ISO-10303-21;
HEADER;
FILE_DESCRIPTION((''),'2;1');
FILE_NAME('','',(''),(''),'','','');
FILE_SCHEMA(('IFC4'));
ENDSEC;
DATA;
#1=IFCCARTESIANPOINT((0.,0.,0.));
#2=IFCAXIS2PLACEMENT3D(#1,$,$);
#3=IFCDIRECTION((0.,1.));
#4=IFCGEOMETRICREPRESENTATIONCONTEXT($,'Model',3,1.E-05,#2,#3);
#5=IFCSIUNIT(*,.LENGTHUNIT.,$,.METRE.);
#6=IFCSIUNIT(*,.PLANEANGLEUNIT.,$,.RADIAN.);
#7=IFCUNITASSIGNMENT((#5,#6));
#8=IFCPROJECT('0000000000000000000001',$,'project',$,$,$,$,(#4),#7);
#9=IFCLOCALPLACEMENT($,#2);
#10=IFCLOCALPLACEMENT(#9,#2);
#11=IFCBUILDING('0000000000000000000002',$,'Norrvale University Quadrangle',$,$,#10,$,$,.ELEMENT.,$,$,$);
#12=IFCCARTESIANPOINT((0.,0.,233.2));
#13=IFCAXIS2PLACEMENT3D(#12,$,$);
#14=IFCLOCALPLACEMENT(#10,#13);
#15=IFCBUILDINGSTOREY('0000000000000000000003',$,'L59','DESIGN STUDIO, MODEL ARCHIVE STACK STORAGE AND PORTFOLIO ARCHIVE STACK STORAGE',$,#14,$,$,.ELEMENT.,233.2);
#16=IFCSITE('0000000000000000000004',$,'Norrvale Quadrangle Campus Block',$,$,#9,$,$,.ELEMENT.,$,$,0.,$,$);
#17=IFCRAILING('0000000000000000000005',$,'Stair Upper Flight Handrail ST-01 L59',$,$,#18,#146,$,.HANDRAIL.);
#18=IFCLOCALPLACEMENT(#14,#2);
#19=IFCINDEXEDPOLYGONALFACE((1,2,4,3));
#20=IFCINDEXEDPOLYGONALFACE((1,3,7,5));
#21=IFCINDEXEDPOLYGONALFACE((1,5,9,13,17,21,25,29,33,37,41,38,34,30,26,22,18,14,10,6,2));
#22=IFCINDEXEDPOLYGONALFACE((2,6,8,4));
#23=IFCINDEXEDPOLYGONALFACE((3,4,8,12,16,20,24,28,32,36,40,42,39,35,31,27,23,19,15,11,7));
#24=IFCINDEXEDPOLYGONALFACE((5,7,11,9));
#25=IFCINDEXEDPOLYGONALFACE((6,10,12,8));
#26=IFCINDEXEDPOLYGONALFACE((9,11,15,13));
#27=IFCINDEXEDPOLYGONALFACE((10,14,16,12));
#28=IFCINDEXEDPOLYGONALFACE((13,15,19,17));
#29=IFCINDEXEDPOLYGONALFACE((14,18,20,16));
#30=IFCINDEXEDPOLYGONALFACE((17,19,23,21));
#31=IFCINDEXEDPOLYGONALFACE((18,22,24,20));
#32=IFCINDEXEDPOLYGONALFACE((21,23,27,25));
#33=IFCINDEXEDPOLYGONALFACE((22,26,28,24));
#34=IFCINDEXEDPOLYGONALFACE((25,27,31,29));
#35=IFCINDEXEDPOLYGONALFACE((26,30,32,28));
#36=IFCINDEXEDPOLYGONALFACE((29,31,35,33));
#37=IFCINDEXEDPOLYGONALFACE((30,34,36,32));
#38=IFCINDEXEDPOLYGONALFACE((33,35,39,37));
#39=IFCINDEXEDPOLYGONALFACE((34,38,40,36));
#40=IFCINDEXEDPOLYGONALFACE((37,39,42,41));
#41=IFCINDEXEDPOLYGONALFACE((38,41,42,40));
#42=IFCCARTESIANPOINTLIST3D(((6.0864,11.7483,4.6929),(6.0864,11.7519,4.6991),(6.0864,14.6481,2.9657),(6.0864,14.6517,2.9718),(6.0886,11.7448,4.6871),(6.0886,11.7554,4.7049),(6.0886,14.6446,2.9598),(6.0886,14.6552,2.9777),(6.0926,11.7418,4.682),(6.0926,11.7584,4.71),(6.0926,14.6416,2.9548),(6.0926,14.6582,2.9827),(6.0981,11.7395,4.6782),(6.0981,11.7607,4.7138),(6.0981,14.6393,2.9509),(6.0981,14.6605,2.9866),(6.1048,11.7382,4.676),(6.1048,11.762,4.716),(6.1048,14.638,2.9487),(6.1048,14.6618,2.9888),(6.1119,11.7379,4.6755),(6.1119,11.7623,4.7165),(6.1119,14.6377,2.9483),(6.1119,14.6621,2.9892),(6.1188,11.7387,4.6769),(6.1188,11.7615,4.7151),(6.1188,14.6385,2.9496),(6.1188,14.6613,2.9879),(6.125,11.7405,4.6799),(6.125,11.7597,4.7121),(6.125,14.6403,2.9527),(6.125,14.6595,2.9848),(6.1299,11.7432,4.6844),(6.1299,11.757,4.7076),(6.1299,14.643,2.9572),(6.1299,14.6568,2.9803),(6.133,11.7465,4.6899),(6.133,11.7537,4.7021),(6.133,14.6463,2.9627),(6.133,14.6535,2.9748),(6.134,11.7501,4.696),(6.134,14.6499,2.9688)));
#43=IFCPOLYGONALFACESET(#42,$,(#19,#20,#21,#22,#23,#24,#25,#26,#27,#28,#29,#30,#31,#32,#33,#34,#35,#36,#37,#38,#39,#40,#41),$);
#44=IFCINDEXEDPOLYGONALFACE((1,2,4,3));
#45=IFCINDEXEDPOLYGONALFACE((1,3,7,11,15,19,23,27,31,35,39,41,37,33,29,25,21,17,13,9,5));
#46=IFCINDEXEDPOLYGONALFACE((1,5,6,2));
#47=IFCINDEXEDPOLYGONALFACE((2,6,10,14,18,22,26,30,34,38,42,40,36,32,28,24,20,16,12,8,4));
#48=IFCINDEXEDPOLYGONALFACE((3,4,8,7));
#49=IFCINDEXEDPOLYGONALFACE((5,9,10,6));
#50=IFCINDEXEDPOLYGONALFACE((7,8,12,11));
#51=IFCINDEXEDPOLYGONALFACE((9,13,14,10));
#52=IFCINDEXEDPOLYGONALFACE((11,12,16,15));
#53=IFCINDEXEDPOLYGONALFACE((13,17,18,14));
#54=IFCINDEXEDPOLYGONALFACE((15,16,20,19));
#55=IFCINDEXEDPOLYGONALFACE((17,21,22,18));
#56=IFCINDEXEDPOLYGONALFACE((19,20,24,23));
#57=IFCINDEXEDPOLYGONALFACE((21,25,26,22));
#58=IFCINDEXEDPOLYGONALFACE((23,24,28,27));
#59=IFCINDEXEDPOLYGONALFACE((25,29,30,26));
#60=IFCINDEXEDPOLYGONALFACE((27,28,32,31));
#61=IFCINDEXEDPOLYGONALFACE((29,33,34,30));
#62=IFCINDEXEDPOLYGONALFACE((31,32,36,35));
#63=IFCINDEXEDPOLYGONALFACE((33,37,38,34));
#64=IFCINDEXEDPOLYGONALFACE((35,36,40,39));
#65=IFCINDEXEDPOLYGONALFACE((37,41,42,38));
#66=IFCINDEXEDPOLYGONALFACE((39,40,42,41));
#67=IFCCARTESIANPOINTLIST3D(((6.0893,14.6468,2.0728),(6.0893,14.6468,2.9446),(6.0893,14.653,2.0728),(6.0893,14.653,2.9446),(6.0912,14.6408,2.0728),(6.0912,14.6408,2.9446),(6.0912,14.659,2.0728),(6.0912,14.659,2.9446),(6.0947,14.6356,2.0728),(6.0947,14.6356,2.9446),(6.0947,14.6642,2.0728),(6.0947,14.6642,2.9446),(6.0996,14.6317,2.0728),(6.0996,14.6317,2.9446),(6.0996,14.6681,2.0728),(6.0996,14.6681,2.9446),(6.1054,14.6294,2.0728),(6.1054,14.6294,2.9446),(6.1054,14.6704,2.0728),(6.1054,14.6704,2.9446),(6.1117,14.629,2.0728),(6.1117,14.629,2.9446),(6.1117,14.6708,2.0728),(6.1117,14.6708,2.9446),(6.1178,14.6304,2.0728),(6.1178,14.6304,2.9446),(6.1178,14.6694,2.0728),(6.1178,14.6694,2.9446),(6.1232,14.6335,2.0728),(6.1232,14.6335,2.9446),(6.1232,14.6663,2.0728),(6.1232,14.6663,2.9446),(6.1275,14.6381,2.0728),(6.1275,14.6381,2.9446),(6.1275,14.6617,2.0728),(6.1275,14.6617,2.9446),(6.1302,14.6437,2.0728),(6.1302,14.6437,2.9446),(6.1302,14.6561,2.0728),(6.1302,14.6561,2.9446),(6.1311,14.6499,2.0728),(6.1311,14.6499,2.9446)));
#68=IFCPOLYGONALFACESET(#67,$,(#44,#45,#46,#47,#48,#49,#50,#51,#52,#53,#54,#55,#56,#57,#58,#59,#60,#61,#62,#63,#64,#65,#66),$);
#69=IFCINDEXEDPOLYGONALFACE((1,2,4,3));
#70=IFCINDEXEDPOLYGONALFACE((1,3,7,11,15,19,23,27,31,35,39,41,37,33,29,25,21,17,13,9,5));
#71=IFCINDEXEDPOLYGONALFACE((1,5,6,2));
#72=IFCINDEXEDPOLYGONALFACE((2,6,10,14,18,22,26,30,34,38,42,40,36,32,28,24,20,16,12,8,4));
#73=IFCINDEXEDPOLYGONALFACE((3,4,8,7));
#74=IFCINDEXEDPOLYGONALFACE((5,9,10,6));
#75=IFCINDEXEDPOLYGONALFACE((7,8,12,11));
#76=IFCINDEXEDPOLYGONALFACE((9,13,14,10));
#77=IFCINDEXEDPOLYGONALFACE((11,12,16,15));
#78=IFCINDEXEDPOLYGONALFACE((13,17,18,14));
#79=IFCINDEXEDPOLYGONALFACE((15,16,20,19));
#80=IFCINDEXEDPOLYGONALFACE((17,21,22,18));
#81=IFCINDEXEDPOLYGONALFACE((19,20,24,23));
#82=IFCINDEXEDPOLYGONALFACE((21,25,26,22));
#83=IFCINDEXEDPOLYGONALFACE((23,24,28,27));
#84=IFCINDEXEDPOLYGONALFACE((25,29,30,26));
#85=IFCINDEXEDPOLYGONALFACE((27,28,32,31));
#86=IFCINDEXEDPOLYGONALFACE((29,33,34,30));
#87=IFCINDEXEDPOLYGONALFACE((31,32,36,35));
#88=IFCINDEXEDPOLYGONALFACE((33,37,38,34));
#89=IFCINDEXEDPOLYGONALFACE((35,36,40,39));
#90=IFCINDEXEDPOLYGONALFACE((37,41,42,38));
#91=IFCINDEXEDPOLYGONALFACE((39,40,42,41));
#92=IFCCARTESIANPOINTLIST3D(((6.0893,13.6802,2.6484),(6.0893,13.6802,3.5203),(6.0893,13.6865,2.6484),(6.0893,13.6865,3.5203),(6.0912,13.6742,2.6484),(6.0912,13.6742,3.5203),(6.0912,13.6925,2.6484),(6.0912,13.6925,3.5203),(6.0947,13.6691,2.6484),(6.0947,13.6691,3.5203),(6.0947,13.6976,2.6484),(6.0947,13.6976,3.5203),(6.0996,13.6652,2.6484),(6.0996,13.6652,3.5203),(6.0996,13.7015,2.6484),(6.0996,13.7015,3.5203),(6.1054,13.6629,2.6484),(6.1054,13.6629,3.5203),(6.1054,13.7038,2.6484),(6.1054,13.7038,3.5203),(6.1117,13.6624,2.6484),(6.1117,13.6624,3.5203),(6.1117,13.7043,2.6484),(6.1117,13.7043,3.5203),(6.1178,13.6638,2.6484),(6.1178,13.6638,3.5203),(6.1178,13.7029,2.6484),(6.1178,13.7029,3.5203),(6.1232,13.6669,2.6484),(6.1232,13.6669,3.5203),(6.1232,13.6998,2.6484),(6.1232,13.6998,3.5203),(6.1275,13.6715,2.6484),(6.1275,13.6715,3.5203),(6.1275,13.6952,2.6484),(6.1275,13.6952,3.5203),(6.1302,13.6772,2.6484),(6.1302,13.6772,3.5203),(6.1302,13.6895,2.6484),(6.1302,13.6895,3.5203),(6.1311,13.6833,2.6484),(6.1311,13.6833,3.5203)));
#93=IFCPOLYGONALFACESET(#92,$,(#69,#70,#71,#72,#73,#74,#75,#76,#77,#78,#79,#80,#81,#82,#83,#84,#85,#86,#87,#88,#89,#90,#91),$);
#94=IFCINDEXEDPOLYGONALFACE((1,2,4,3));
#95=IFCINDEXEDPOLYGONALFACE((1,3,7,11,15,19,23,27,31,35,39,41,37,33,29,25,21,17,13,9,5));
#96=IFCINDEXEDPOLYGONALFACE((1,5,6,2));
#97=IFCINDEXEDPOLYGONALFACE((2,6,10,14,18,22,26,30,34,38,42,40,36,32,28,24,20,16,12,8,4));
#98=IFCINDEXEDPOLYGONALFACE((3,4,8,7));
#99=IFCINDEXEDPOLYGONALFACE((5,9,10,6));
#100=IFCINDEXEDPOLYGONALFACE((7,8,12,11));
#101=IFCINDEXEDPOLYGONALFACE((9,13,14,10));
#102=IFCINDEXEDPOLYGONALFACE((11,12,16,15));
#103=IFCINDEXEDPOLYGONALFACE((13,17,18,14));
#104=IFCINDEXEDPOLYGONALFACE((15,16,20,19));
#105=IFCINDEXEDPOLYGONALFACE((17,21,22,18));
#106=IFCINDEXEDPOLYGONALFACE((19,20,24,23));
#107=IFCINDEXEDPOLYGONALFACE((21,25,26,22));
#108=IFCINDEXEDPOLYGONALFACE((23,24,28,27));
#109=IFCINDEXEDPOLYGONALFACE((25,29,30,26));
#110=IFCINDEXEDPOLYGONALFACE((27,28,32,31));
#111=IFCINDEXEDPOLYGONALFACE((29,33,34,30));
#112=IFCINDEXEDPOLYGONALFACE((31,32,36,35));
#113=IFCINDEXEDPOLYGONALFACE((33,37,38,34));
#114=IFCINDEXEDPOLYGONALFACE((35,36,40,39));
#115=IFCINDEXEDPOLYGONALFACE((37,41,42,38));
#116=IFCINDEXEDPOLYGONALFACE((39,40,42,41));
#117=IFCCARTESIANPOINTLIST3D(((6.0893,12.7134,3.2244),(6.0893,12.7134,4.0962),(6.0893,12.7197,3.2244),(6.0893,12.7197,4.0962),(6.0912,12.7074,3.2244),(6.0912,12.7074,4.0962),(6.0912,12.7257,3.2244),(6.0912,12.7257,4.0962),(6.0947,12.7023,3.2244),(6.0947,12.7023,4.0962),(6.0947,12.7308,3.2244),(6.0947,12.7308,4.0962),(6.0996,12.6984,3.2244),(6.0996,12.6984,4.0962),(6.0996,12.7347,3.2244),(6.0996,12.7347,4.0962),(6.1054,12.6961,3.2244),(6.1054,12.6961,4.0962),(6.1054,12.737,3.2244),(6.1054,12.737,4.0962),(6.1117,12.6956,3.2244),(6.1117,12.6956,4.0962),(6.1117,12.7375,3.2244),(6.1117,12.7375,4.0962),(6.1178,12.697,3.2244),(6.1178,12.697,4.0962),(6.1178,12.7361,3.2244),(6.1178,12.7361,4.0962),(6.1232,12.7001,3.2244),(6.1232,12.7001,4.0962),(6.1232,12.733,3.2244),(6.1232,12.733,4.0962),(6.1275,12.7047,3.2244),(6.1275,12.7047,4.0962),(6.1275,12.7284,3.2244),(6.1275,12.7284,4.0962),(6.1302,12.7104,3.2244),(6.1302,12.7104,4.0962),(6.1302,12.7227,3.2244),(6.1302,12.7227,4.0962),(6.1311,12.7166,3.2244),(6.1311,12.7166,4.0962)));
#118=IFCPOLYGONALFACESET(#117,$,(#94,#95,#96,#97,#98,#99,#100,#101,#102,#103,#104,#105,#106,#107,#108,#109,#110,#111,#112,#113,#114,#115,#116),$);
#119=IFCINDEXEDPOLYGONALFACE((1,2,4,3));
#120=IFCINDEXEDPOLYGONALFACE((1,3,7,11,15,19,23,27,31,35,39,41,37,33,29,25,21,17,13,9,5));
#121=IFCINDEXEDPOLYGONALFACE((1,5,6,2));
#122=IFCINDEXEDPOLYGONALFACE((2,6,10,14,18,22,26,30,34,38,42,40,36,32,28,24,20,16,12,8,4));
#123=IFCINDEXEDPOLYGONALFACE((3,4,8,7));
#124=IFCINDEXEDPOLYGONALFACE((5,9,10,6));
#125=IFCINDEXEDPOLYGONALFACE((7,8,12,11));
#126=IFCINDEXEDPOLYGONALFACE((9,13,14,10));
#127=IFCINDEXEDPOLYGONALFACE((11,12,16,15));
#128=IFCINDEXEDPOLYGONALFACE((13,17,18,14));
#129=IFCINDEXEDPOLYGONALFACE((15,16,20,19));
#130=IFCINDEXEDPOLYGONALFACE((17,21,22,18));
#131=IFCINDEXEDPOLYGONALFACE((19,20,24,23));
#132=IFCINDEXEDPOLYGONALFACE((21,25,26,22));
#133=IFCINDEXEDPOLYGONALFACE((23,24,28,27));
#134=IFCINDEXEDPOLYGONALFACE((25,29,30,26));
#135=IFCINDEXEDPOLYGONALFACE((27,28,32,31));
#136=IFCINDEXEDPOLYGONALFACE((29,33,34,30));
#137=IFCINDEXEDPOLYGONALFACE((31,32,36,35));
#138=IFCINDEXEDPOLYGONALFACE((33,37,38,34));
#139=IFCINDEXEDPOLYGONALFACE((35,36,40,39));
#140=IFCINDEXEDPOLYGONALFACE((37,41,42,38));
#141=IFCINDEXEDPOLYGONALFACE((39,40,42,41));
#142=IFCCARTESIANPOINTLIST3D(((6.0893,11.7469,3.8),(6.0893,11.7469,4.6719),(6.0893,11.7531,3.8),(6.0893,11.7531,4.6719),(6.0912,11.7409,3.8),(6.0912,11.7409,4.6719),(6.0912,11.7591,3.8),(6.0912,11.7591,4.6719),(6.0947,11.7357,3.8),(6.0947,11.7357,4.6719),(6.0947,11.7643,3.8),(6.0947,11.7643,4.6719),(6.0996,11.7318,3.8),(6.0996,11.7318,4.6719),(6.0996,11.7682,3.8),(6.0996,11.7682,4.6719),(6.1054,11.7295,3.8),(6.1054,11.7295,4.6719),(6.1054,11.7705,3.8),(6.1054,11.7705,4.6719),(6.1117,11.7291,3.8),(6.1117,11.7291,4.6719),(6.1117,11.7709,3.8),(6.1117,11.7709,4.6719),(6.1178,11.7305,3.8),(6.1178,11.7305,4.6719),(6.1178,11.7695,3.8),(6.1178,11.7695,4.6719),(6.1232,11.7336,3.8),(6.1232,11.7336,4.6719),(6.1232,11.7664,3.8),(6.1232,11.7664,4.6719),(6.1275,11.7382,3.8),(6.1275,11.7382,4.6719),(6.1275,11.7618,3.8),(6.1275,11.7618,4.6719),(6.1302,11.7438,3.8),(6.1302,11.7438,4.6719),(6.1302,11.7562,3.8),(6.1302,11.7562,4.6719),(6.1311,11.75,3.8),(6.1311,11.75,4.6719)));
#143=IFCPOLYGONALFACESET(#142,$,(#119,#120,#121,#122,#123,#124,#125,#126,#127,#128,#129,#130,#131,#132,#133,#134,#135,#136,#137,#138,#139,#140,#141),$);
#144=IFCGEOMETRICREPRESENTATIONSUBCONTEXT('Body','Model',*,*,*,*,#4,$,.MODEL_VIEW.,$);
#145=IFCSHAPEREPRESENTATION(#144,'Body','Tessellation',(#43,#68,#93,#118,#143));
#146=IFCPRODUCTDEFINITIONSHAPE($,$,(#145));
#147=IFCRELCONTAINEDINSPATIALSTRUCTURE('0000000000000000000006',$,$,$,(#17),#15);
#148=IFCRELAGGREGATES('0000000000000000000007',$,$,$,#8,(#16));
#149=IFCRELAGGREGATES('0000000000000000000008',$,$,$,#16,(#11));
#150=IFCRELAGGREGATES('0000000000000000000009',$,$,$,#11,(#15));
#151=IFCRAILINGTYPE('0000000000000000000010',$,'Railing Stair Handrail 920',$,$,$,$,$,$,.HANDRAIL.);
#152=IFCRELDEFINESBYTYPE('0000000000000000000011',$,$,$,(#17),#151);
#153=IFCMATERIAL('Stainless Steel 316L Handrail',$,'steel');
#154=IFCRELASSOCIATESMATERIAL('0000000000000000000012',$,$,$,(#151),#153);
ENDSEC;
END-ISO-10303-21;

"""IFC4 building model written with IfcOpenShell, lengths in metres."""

from ifc_helpers import new_model, si_unit, direction, frame, origin, origin_2d, place, context, subcontext, project, spatial, circle, extrude, material, type_object, element, save


model = new_model("IFC4")

# Units and contexts
model_context = context("Model", 3, precision=1e-05, world=origin(), true_north=direction((0.0, 1.0)))
body_context = subcontext(model_context, "Body", "Model", "MODEL_VIEW")
ifc_project = project(units=[si_unit("LENGTHUNIT", "METRE"), si_unit("PLANEANGLEUNIT", "RADIAN")], contexts=[model_context])

# Site, building, storey
site_placement = place(None, origin())
site = spatial("IfcSite", under=ifc_project, at=site_placement, Name="Norrvale Quadrangle Campus Block", CompositionType="ELEMENT", RefElevation=0.0)
building_placement = place(site_placement, origin())
building = spatial("IfcBuilding", under=site, at=building_placement, Name="Norrvale University Quadrangle", CompositionType="ELEMENT")
storey_placement = place(building_placement, frame((0.0, 0.0, 233.2)))
storey = spatial("IfcBuildingStorey", under=building, at=storey_placement, Name="L59", Description="DESIGN STUDIO, MODEL ARCHIVE STACK STORAGE AND PORTFOLIO ARCHIVE STACK STORAGE", CompositionType="ELEMENT", Elevation=233.2)

# Railing
ifc_material_1 = material(Name="Stainless Steel 316L Handrail", Category="steel")
railing_type_1 = type_object("IfcRailingType", Name="Railing Stair Handrail 920", PredefinedType="HANDRAIL", material=ifc_material_1)
railing_1_placement = place(storey_placement, frame((6.1101, 14.6499, 2.0728)))
element("IfcRailing", 1, at=railing_1_placement, inside=storey, type_object=railing_type_1, Name="Stair Upper Flight Handrail ST-01 L59", PredefinedType="HANDRAIL", context=body_context, shape_type="SweptSolid", body=[
    extrude(circle(Radius=0.0239, at=origin_2d()), frame((0.0, 0.0, 0.896), z_axis=(0.0, -0.859141, 0.511738), x_axis=(1.0, 0.0, 0.0)), (0.0, 0.0, 1.0), 3.3752),
    extrude(circle(Radius=0.021, at=origin_2d()), origin(), (0.0, 0.0, 1.0), 0.8718),
    extrude(circle(Radius=0.021, at=origin_2d()), frame((0.0, -0.9666, 0.5757)), (0.0, 0.0, 1.0), 0.8718),
    extrude(circle(Radius=0.021, at=origin_2d()), frame((0.0, -1.9333, 1.1516)), (0.0, 0.0, 1.0), 0.8718),
    extrude(circle(Radius=0.021, at=origin_2d()), frame((0.0, -2.8999, 1.7273)), (0.0, 0.0, 1.0), 0.8718),
])

save(model, "model.ifc")
